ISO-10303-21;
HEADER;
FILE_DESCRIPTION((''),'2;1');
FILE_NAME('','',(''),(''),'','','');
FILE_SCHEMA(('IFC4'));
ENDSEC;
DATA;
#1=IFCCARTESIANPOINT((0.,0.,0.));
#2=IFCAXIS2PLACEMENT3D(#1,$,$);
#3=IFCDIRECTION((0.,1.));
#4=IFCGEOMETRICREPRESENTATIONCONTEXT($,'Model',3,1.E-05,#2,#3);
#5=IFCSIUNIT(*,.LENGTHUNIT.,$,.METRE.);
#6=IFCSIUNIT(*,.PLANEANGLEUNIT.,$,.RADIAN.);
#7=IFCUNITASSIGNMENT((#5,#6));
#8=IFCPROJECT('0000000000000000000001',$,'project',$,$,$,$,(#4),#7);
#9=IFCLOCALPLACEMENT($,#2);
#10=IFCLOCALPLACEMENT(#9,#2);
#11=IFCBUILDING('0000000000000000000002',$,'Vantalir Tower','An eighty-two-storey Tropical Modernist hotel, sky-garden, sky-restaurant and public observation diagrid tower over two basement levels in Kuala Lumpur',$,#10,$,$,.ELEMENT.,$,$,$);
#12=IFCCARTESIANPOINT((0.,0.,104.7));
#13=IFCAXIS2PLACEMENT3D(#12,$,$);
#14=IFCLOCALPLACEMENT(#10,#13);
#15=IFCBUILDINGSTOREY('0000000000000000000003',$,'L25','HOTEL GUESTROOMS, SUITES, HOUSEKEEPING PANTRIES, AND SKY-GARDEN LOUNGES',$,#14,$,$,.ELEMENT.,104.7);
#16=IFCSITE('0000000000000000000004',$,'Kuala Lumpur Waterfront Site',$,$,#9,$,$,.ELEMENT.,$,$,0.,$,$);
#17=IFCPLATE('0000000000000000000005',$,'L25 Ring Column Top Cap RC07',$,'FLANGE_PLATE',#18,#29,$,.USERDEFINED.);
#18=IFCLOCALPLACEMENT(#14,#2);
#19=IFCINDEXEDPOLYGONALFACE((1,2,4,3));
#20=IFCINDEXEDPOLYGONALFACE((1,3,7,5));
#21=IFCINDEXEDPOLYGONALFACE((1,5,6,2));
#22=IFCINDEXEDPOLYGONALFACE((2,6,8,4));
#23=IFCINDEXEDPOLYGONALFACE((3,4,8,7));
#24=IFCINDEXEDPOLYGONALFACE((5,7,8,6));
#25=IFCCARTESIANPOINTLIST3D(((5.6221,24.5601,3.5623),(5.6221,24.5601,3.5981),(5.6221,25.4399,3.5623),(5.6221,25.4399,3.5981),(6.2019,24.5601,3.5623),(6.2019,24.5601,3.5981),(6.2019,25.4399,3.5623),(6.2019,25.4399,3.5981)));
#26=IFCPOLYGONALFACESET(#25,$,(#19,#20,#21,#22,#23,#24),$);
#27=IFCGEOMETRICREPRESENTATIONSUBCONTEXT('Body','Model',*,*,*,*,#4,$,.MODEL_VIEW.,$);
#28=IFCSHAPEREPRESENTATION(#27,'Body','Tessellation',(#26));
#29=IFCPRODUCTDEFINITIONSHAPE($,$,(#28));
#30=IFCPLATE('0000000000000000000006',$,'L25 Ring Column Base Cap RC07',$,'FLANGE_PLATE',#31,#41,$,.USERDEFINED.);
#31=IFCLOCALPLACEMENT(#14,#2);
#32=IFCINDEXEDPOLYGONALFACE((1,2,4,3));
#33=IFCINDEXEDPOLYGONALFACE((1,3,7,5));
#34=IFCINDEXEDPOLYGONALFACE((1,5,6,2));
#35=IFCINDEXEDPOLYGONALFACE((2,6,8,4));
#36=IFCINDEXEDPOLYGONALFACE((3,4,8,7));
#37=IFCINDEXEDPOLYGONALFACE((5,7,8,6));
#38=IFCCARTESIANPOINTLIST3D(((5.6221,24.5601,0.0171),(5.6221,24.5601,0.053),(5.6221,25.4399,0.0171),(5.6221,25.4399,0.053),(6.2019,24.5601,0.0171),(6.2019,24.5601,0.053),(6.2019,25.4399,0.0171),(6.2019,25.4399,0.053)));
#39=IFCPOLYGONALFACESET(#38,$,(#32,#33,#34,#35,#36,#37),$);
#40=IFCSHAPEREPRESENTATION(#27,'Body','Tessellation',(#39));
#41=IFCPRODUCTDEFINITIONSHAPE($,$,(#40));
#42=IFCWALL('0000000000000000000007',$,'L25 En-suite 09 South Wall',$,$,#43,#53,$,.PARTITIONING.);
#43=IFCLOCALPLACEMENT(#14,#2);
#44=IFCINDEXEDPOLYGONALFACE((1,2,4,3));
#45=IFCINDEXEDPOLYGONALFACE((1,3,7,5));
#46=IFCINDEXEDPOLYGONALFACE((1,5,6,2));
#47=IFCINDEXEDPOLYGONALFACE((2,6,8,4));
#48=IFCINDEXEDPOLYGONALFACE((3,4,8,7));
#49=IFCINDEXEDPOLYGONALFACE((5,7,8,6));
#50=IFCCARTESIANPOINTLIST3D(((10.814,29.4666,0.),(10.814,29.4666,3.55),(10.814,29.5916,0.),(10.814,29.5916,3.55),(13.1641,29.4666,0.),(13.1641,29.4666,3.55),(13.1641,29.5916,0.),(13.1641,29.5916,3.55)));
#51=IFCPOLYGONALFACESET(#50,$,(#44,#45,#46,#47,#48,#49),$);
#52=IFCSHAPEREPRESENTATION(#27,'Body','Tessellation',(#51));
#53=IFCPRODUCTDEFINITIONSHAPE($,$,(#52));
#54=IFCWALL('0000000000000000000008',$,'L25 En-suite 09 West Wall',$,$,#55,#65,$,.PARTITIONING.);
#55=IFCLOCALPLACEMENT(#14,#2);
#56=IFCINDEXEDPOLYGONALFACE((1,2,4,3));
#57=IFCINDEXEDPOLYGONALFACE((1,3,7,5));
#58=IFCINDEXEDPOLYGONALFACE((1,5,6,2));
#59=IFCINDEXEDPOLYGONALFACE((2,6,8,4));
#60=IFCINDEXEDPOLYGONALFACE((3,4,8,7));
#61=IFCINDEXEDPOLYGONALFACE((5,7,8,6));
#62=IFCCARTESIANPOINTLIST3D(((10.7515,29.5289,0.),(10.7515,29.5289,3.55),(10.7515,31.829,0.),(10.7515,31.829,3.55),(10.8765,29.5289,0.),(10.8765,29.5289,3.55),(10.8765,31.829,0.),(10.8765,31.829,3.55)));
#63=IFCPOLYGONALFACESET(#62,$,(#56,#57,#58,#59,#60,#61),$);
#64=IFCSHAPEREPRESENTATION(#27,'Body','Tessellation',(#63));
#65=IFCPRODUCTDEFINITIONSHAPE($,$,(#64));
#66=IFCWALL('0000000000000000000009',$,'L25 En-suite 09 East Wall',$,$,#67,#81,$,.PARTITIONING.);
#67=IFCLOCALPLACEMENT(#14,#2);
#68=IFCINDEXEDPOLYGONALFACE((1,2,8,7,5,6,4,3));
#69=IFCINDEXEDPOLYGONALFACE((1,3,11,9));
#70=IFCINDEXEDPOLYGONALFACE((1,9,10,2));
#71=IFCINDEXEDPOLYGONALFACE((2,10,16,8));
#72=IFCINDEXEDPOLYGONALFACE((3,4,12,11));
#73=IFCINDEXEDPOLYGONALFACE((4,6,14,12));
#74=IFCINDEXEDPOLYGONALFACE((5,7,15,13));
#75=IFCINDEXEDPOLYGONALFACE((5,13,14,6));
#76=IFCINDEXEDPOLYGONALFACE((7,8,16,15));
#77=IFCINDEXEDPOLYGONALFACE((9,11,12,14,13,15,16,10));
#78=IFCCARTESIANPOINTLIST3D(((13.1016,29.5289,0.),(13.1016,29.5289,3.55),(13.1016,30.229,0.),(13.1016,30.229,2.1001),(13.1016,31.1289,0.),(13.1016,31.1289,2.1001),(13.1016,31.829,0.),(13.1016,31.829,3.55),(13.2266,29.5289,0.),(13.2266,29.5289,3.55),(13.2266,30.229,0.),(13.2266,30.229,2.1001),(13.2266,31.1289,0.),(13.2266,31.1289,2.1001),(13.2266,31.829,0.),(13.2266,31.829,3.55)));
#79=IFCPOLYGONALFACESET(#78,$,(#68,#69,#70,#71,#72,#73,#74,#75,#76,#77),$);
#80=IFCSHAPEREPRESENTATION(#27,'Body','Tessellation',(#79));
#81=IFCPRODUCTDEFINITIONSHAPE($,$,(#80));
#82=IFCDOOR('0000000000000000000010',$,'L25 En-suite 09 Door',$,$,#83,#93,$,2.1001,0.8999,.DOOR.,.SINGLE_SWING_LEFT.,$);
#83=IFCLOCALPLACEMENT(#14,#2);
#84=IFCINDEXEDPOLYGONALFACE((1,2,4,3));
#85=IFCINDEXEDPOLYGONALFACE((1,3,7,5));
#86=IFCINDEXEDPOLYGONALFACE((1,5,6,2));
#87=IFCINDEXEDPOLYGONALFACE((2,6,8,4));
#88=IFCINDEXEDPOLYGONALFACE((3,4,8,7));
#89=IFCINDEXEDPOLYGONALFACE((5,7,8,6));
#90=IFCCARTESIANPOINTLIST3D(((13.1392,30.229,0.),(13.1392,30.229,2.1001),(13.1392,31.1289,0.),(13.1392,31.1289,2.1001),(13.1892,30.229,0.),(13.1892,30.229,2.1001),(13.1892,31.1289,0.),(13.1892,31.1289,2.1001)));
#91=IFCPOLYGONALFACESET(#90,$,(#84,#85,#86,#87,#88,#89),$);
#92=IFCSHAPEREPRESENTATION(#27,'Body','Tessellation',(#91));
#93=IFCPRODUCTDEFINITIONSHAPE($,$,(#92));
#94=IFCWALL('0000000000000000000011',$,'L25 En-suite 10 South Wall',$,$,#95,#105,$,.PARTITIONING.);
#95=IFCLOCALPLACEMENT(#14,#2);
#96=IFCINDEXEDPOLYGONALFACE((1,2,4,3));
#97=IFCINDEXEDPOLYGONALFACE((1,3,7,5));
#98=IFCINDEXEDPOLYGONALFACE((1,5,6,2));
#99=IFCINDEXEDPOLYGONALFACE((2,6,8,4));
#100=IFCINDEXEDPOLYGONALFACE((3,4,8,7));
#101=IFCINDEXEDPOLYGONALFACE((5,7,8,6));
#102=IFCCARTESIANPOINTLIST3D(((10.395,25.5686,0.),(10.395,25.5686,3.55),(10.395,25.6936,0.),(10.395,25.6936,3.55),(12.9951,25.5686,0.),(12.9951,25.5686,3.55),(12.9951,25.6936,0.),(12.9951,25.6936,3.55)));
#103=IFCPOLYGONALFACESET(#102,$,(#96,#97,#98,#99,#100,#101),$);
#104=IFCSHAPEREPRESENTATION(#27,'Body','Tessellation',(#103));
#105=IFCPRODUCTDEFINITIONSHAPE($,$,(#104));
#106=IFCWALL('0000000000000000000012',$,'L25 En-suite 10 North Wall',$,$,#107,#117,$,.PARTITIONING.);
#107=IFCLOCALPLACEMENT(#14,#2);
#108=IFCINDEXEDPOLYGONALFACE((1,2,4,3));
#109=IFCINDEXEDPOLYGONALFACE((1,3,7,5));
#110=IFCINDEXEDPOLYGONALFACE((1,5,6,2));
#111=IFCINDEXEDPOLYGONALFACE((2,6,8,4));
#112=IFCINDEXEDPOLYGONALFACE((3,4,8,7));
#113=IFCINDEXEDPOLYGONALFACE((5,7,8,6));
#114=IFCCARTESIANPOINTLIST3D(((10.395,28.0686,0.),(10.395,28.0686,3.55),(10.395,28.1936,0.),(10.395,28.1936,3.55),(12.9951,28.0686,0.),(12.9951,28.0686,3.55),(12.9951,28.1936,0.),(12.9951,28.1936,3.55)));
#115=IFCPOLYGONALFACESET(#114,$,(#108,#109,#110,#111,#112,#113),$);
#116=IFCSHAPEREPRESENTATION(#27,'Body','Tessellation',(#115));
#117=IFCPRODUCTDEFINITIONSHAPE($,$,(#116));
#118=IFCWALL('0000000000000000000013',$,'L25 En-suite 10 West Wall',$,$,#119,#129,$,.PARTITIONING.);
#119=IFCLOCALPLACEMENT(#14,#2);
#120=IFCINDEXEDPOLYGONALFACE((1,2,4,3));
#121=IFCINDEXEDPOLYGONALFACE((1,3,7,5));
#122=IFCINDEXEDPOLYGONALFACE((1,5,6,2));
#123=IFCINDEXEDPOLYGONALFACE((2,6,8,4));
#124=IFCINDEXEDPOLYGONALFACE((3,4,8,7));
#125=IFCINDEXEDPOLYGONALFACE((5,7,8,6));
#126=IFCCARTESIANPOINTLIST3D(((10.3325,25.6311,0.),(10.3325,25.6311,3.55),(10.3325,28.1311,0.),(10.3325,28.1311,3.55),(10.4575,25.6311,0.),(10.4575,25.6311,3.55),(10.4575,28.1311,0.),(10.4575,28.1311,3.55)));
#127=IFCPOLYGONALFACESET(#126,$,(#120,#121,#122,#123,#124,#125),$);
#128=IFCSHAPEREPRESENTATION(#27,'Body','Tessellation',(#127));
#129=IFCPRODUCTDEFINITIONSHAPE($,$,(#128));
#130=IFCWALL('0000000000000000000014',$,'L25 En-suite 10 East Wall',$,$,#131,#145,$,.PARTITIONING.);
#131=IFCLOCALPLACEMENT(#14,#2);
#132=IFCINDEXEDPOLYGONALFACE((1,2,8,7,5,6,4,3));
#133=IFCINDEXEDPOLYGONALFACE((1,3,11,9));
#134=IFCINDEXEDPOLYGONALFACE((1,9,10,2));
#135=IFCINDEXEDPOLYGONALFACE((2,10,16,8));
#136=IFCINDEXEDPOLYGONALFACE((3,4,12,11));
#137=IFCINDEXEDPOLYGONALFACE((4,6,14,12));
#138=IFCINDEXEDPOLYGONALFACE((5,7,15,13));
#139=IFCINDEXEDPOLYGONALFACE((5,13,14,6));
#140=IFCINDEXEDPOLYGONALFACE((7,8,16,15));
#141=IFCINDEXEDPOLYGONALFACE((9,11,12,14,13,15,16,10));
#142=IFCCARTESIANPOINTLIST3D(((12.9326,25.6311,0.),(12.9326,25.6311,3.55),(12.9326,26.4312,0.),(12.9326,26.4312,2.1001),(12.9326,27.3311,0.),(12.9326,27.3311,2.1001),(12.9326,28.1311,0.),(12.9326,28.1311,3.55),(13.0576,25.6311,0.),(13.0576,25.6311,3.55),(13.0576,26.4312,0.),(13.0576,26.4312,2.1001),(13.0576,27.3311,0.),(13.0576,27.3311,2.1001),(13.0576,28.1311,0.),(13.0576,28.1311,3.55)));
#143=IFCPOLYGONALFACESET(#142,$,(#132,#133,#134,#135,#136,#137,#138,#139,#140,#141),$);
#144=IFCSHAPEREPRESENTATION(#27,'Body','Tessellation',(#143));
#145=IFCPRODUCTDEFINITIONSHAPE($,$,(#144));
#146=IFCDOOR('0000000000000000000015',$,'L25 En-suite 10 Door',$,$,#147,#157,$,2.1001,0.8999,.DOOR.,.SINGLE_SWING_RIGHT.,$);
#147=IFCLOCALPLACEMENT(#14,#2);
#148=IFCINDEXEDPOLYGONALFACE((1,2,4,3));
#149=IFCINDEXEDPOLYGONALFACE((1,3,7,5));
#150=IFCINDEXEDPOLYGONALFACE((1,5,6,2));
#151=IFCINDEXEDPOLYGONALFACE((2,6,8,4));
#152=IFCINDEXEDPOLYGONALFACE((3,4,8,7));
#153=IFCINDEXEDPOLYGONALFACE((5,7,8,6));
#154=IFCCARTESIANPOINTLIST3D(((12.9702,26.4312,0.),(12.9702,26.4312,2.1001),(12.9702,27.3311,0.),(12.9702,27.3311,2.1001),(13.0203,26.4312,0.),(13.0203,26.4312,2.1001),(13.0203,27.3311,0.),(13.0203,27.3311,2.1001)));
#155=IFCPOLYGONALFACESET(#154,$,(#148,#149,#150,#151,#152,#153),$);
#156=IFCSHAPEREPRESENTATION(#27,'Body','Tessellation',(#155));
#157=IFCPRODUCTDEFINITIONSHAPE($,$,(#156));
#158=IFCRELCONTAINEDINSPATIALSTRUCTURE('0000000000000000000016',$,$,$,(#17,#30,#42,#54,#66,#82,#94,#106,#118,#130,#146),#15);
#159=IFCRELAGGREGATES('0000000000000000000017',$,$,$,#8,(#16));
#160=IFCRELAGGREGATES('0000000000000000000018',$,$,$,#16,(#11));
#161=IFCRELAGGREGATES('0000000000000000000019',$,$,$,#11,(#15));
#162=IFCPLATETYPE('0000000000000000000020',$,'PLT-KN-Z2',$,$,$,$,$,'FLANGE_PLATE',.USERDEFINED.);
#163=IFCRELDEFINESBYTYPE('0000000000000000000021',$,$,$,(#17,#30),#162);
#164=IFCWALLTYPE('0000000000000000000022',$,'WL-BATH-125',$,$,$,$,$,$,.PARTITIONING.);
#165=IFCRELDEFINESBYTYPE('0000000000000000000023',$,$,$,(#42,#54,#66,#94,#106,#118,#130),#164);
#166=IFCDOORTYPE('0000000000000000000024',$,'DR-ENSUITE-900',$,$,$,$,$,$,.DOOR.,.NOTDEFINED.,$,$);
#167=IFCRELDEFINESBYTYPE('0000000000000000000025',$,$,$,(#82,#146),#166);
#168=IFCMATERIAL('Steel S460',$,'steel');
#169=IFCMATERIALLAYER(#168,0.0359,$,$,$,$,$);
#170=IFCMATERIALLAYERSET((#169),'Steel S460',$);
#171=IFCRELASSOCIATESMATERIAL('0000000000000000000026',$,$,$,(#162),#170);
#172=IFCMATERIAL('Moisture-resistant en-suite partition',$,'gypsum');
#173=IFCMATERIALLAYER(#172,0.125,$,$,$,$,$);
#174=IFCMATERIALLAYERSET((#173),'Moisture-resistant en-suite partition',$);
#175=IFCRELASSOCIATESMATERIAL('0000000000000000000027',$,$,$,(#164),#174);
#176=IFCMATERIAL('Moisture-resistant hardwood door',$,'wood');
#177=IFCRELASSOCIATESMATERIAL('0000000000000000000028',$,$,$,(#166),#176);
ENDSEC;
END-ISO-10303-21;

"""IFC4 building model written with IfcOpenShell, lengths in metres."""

from ifc_helpers import new_model, si_unit, direction, frame, frame_2d, origin, place, context, subcontext, project, spatial, polyline, rectangle, outline, extrude, material, layer, layer_set, type_object, element, fill, save


model = new_model("IFC4")

# Units and contexts
model_context = context("Model", 3, precision=1e-05, world=origin(), true_north=direction((0.0, 1.0)))
body_context = subcontext(model_context, "Body", "Model", "MODEL_VIEW")
ifc_project = project(units=[si_unit("LENGTHUNIT", "METRE"), si_unit("PLANEANGLEUNIT", "RADIAN")], contexts=[model_context])

# Site, building, storey
site_placement = place(None, origin())
site = spatial("IfcSite", under=ifc_project, at=site_placement, Name="Kuala Lumpur Waterfront Site", CompositionType="ELEMENT", RefElevation=0.0)
building_placement = place(site_placement, origin())
building = spatial("IfcBuilding", under=site, at=building_placement, Name="Vantalir Tower", Description="An eighty-two-storey Tropical Modernist hotel, sky-garden, sky-restaurant and public observation diagrid tower over two basement levels in Kuala Lumpur", CompositionType="ELEMENT")
storey_placement = place(building_placement, frame((0.0, 0.0, 104.7)))
storey = spatial("IfcBuildingStorey", under=building, at=storey_placement, Name="L25", Description="HOTEL GUESTROOMS, SUITES, HOUSEKEEPING PANTRIES, AND SKY-GARDEN LOUNGES", CompositionType="ELEMENT", Elevation=104.7)

# Shared definitions
ifc_material_1 = material(Name="Steel S460", Category="steel")

# Plates
ifc_layer_1 = layer(ifc_material_1, 0.0359)
ifc_layer_set_1 = layer_set([ifc_layer_1], Name="Steel S460")
plate_type_1 = type_object("IfcPlateType", Name="PLT-KN-Z2", ElementType="FLANGE_PLATE", PredefinedType="USERDEFINED", material=ifc_layer_set_1)
for number, where, z_axis, x_axis, name in (
    (1, (5.6221, 25.4399, 3.5981), (0.0, 0.0, 1.0), (0.0, -1.0, 0.0), "L25 Ring Column Top Cap RC07"),
    (2, (5.6221, 25.4399, 0.053), (0.0, 0.0, 1.0), (0.0, -1.0, 0.0), "L25 Ring Column Base Cap RC07"),
):
    element("IfcPlate", number, at=place(storey_placement, frame(where, z_axis=z_axis, x_axis=x_axis)), inside=storey, type_object=plate_type_1, Name=name, ObjectType="FLANGE_PLATE", PredefinedType="USERDEFINED", context=body_context, shape_type="SweptSolid", body=[
        extrude(outline(polyline([(0.0, 0.0), (0.8799, 0.0), (0.8799, 0.5798), (0.0, 0.5798), (0.0, 0.0)])), origin(), (0.0, 0.0, -1.0), 0.0359),
    ])

# Walls
ifc_material_2 = material(Name="Moisture-resistant en-suite partition", Category="gypsum")
ifc_layer_2 = layer(ifc_material_2, 0.125)
ifc_layer_set_2 = layer_set([ifc_layer_2], Name="Moisture-resistant en-suite partition")
wall_type_1 = type_object("IfcWallType", Name="WL-BATH-125", PredefinedType="PARTITIONING", material=ifc_layer_set_2)
wall_1_placement = place(storey_placement, frame((10.814, 29.5291, 0.0), z_axis=(0.0, 0.0, 1.0), x_axis=(1.0, 0.0, 0.0)))
element("IfcWall", 3, at=wall_1_placement, inside=storey, type_object=wall_type_1, Name="L25 En-suite 09 South Wall", PredefinedType="PARTITIONING", context=body_context, shape_type="SweptSolid", body=[
    extrude(rectangle(XDim=2.3501, YDim=0.125, at=frame_2d((1.175, 0.0))), origin(), (0.0, 0.0, 1.0), 3.55),
])
wall_2_placement = place(storey_placement, frame((10.814, 29.5291, 0.0), z_axis=(0.0, 0.0, 1.0), x_axis=(0.0, 1.0, 0.0)))
element("IfcWall", 4, at=wall_2_placement, inside=storey, type_object=wall_type_1, Name="L25 En-suite 09 West Wall", PredefinedType="PARTITIONING", context=body_context, shape_type="SweptSolid", body=[
    extrude(rectangle(XDim=2.3, YDim=0.125, at=frame_2d((1.1499, 0.0))), origin(), (0.0, 0.0, 1.0), 3.55),
])

# Wall, opening, door
wall_3_placement = place(storey_placement, frame((13.1641, 29.5291, 0.0), z_axis=(0.0, 0.0, 1.0), x_axis=(0.0, 1.0, 0.0)))
wall_3 = element("IfcWall", 5, at=wall_3_placement, inside=storey, type_object=wall_type_1, Name="L25 En-suite 09 East Wall", PredefinedType="PARTITIONING", context=body_context, shape_type="SweptSolid", body=[
    extrude(rectangle(XDim=2.3, YDim=0.125, at=frame_2d((1.1499, 0.0))), origin(), (0.0, 0.0, 1.0), 3.55),
])
opening_1_placement = place(wall_3_placement, frame((0.7, 0.0, 0.0)))
opening_1 = element("IfcOpeningElement", 6, at=opening_1_placement, cuts=wall_3, PredefinedType="OPENING", context=body_context, shape_type="SweptSolid", body=[
    extrude(rectangle(XDim=0.8999, YDim=2.1001, at=frame_2d((0.45, 1.05))), frame((0.0, 0.0725, 0.0), z_axis=(0.0, -1.0, 0.0), x_axis=(1.0, 0.0, 0.0)), (0.0, 0.0, 1.0), 0.145),
])
ifc_material_3 = material(Name="Moisture-resistant hardwood door", Category="wood")
door_type_1 = type_object("IfcDoorType", Name="DR-ENSUITE-900", OperationType="NOTDEFINED", PredefinedType="DOOR", material=ifc_material_3)
door_1_placement = place(opening_1_placement, origin())
door_1 = element("IfcDoor", 7, at=door_1_placement, inside=storey, type_object=door_type_1, Name="L25 En-suite 09 Door", OperationType="SINGLE_SWING_LEFT", OverallHeight=2.1001, OverallWidth=0.8999, PredefinedType="DOOR", context=body_context, shape_type="SweptSolid", body=[
    extrude(rectangle(XDim=0.8999, YDim=2.1001, at=frame_2d((0.45, 1.05))), frame((0.0, 0.0249, 0.0), z_axis=(0.0, -1.0, 0.0), x_axis=(1.0, 0.0, 0.0)), (0.0, 0.0, 1.0), 0.05),
])
fill(opening_1, door_1)

# Walls
for number, where, z_axis, x_axis, name in (
    (8, (10.395, 25.6311, 0.0), (0.0, 0.0, 1.0), (1.0, 0.0, 0.0), "L25 En-suite 10 South Wall"),
    (9, (10.395, 28.1311, 0.0), (0.0, 0.0, 1.0), (1.0, 0.0, 0.0), "L25 En-suite 10 North Wall"),
):
    element("IfcWall", number, at=place(storey_placement, frame(where, z_axis=z_axis, x_axis=x_axis)), inside=storey, type_object=wall_type_1, Name=name, PredefinedType="PARTITIONING", context=body_context, shape_type="SweptSolid", body=[
        extrude(rectangle(XDim=2.6001, YDim=0.125, at=frame_2d((1.3, 0.0))), origin(), (0.0, 0.0, 1.0), 3.55),
    ])
wall_4_placement = place(storey_placement, frame((10.395, 25.6311, 0.0), z_axis=(0.0, 0.0, 1.0), x_axis=(0.0, 1.0, 0.0)))
element("IfcWall", 10, at=wall_4_placement, inside=storey, type_object=wall_type_1, Name="L25 En-suite 10 West Wall", PredefinedType="PARTITIONING", context=body_context, shape_type="SweptSolid", body=[
    extrude(rectangle(XDim=2.5, YDim=0.125, at=frame_2d((1.25, 0.0))), origin(), (0.0, 0.0, 1.0), 3.55),
])

# Wall, opening, door
wall_5_placement = place(storey_placement, frame((12.9951, 25.6311, 0.0), z_axis=(0.0, 0.0, 1.0), x_axis=(0.0, 1.0, 0.0)))
wall_5 = element("IfcWall", 11, at=wall_5_placement, inside=storey, type_object=wall_type_1, Name="L25 En-suite 10 East Wall", PredefinedType="PARTITIONING", context=body_context, shape_type="SweptSolid", body=[
    extrude(rectangle(XDim=2.5, YDim=0.125, at=frame_2d((1.25, 0.0))), origin(), (0.0, 0.0, 1.0), 3.55),
])
opening_2_placement = place(wall_5_placement, frame((0.8, 0.0, 0.0)))
opening_2 = element("IfcOpeningElement", 12, at=opening_2_placement, cuts=wall_5, PredefinedType="OPENING", context=body_context, shape_type="SweptSolid", body=[
    extrude(rectangle(XDim=0.8999, YDim=2.1001, at=frame_2d((0.45, 1.05))), frame((0.0, 0.0725, 0.0), z_axis=(0.0, -1.0, 0.0), x_axis=(1.0, 0.0, 0.0)), (0.0, 0.0, 1.0), 0.145),
])
door_2_placement = place(opening_2_placement, origin())
door_2 = element("IfcDoor", 13, at=door_2_placement, inside=storey, type_object=door_type_1, Name="L25 En-suite 10 Door", OperationType="SINGLE_SWING_RIGHT", OverallHeight=2.1001, OverallWidth=0.8999, PredefinedType="DOOR", context=body_context, shape_type="SweptSolid", body=[
    extrude(rectangle(XDim=0.8999, YDim=2.1001, at=frame_2d((0.45, 1.05))), frame((0.0, 0.0249, 0.0), z_axis=(0.0, -1.0, 0.0), x_axis=(1.0, 0.0, 0.0)), (0.0, 0.0, 1.0), 0.05),
])
fill(opening_2, door_2)

save(model, "model.ifc")
